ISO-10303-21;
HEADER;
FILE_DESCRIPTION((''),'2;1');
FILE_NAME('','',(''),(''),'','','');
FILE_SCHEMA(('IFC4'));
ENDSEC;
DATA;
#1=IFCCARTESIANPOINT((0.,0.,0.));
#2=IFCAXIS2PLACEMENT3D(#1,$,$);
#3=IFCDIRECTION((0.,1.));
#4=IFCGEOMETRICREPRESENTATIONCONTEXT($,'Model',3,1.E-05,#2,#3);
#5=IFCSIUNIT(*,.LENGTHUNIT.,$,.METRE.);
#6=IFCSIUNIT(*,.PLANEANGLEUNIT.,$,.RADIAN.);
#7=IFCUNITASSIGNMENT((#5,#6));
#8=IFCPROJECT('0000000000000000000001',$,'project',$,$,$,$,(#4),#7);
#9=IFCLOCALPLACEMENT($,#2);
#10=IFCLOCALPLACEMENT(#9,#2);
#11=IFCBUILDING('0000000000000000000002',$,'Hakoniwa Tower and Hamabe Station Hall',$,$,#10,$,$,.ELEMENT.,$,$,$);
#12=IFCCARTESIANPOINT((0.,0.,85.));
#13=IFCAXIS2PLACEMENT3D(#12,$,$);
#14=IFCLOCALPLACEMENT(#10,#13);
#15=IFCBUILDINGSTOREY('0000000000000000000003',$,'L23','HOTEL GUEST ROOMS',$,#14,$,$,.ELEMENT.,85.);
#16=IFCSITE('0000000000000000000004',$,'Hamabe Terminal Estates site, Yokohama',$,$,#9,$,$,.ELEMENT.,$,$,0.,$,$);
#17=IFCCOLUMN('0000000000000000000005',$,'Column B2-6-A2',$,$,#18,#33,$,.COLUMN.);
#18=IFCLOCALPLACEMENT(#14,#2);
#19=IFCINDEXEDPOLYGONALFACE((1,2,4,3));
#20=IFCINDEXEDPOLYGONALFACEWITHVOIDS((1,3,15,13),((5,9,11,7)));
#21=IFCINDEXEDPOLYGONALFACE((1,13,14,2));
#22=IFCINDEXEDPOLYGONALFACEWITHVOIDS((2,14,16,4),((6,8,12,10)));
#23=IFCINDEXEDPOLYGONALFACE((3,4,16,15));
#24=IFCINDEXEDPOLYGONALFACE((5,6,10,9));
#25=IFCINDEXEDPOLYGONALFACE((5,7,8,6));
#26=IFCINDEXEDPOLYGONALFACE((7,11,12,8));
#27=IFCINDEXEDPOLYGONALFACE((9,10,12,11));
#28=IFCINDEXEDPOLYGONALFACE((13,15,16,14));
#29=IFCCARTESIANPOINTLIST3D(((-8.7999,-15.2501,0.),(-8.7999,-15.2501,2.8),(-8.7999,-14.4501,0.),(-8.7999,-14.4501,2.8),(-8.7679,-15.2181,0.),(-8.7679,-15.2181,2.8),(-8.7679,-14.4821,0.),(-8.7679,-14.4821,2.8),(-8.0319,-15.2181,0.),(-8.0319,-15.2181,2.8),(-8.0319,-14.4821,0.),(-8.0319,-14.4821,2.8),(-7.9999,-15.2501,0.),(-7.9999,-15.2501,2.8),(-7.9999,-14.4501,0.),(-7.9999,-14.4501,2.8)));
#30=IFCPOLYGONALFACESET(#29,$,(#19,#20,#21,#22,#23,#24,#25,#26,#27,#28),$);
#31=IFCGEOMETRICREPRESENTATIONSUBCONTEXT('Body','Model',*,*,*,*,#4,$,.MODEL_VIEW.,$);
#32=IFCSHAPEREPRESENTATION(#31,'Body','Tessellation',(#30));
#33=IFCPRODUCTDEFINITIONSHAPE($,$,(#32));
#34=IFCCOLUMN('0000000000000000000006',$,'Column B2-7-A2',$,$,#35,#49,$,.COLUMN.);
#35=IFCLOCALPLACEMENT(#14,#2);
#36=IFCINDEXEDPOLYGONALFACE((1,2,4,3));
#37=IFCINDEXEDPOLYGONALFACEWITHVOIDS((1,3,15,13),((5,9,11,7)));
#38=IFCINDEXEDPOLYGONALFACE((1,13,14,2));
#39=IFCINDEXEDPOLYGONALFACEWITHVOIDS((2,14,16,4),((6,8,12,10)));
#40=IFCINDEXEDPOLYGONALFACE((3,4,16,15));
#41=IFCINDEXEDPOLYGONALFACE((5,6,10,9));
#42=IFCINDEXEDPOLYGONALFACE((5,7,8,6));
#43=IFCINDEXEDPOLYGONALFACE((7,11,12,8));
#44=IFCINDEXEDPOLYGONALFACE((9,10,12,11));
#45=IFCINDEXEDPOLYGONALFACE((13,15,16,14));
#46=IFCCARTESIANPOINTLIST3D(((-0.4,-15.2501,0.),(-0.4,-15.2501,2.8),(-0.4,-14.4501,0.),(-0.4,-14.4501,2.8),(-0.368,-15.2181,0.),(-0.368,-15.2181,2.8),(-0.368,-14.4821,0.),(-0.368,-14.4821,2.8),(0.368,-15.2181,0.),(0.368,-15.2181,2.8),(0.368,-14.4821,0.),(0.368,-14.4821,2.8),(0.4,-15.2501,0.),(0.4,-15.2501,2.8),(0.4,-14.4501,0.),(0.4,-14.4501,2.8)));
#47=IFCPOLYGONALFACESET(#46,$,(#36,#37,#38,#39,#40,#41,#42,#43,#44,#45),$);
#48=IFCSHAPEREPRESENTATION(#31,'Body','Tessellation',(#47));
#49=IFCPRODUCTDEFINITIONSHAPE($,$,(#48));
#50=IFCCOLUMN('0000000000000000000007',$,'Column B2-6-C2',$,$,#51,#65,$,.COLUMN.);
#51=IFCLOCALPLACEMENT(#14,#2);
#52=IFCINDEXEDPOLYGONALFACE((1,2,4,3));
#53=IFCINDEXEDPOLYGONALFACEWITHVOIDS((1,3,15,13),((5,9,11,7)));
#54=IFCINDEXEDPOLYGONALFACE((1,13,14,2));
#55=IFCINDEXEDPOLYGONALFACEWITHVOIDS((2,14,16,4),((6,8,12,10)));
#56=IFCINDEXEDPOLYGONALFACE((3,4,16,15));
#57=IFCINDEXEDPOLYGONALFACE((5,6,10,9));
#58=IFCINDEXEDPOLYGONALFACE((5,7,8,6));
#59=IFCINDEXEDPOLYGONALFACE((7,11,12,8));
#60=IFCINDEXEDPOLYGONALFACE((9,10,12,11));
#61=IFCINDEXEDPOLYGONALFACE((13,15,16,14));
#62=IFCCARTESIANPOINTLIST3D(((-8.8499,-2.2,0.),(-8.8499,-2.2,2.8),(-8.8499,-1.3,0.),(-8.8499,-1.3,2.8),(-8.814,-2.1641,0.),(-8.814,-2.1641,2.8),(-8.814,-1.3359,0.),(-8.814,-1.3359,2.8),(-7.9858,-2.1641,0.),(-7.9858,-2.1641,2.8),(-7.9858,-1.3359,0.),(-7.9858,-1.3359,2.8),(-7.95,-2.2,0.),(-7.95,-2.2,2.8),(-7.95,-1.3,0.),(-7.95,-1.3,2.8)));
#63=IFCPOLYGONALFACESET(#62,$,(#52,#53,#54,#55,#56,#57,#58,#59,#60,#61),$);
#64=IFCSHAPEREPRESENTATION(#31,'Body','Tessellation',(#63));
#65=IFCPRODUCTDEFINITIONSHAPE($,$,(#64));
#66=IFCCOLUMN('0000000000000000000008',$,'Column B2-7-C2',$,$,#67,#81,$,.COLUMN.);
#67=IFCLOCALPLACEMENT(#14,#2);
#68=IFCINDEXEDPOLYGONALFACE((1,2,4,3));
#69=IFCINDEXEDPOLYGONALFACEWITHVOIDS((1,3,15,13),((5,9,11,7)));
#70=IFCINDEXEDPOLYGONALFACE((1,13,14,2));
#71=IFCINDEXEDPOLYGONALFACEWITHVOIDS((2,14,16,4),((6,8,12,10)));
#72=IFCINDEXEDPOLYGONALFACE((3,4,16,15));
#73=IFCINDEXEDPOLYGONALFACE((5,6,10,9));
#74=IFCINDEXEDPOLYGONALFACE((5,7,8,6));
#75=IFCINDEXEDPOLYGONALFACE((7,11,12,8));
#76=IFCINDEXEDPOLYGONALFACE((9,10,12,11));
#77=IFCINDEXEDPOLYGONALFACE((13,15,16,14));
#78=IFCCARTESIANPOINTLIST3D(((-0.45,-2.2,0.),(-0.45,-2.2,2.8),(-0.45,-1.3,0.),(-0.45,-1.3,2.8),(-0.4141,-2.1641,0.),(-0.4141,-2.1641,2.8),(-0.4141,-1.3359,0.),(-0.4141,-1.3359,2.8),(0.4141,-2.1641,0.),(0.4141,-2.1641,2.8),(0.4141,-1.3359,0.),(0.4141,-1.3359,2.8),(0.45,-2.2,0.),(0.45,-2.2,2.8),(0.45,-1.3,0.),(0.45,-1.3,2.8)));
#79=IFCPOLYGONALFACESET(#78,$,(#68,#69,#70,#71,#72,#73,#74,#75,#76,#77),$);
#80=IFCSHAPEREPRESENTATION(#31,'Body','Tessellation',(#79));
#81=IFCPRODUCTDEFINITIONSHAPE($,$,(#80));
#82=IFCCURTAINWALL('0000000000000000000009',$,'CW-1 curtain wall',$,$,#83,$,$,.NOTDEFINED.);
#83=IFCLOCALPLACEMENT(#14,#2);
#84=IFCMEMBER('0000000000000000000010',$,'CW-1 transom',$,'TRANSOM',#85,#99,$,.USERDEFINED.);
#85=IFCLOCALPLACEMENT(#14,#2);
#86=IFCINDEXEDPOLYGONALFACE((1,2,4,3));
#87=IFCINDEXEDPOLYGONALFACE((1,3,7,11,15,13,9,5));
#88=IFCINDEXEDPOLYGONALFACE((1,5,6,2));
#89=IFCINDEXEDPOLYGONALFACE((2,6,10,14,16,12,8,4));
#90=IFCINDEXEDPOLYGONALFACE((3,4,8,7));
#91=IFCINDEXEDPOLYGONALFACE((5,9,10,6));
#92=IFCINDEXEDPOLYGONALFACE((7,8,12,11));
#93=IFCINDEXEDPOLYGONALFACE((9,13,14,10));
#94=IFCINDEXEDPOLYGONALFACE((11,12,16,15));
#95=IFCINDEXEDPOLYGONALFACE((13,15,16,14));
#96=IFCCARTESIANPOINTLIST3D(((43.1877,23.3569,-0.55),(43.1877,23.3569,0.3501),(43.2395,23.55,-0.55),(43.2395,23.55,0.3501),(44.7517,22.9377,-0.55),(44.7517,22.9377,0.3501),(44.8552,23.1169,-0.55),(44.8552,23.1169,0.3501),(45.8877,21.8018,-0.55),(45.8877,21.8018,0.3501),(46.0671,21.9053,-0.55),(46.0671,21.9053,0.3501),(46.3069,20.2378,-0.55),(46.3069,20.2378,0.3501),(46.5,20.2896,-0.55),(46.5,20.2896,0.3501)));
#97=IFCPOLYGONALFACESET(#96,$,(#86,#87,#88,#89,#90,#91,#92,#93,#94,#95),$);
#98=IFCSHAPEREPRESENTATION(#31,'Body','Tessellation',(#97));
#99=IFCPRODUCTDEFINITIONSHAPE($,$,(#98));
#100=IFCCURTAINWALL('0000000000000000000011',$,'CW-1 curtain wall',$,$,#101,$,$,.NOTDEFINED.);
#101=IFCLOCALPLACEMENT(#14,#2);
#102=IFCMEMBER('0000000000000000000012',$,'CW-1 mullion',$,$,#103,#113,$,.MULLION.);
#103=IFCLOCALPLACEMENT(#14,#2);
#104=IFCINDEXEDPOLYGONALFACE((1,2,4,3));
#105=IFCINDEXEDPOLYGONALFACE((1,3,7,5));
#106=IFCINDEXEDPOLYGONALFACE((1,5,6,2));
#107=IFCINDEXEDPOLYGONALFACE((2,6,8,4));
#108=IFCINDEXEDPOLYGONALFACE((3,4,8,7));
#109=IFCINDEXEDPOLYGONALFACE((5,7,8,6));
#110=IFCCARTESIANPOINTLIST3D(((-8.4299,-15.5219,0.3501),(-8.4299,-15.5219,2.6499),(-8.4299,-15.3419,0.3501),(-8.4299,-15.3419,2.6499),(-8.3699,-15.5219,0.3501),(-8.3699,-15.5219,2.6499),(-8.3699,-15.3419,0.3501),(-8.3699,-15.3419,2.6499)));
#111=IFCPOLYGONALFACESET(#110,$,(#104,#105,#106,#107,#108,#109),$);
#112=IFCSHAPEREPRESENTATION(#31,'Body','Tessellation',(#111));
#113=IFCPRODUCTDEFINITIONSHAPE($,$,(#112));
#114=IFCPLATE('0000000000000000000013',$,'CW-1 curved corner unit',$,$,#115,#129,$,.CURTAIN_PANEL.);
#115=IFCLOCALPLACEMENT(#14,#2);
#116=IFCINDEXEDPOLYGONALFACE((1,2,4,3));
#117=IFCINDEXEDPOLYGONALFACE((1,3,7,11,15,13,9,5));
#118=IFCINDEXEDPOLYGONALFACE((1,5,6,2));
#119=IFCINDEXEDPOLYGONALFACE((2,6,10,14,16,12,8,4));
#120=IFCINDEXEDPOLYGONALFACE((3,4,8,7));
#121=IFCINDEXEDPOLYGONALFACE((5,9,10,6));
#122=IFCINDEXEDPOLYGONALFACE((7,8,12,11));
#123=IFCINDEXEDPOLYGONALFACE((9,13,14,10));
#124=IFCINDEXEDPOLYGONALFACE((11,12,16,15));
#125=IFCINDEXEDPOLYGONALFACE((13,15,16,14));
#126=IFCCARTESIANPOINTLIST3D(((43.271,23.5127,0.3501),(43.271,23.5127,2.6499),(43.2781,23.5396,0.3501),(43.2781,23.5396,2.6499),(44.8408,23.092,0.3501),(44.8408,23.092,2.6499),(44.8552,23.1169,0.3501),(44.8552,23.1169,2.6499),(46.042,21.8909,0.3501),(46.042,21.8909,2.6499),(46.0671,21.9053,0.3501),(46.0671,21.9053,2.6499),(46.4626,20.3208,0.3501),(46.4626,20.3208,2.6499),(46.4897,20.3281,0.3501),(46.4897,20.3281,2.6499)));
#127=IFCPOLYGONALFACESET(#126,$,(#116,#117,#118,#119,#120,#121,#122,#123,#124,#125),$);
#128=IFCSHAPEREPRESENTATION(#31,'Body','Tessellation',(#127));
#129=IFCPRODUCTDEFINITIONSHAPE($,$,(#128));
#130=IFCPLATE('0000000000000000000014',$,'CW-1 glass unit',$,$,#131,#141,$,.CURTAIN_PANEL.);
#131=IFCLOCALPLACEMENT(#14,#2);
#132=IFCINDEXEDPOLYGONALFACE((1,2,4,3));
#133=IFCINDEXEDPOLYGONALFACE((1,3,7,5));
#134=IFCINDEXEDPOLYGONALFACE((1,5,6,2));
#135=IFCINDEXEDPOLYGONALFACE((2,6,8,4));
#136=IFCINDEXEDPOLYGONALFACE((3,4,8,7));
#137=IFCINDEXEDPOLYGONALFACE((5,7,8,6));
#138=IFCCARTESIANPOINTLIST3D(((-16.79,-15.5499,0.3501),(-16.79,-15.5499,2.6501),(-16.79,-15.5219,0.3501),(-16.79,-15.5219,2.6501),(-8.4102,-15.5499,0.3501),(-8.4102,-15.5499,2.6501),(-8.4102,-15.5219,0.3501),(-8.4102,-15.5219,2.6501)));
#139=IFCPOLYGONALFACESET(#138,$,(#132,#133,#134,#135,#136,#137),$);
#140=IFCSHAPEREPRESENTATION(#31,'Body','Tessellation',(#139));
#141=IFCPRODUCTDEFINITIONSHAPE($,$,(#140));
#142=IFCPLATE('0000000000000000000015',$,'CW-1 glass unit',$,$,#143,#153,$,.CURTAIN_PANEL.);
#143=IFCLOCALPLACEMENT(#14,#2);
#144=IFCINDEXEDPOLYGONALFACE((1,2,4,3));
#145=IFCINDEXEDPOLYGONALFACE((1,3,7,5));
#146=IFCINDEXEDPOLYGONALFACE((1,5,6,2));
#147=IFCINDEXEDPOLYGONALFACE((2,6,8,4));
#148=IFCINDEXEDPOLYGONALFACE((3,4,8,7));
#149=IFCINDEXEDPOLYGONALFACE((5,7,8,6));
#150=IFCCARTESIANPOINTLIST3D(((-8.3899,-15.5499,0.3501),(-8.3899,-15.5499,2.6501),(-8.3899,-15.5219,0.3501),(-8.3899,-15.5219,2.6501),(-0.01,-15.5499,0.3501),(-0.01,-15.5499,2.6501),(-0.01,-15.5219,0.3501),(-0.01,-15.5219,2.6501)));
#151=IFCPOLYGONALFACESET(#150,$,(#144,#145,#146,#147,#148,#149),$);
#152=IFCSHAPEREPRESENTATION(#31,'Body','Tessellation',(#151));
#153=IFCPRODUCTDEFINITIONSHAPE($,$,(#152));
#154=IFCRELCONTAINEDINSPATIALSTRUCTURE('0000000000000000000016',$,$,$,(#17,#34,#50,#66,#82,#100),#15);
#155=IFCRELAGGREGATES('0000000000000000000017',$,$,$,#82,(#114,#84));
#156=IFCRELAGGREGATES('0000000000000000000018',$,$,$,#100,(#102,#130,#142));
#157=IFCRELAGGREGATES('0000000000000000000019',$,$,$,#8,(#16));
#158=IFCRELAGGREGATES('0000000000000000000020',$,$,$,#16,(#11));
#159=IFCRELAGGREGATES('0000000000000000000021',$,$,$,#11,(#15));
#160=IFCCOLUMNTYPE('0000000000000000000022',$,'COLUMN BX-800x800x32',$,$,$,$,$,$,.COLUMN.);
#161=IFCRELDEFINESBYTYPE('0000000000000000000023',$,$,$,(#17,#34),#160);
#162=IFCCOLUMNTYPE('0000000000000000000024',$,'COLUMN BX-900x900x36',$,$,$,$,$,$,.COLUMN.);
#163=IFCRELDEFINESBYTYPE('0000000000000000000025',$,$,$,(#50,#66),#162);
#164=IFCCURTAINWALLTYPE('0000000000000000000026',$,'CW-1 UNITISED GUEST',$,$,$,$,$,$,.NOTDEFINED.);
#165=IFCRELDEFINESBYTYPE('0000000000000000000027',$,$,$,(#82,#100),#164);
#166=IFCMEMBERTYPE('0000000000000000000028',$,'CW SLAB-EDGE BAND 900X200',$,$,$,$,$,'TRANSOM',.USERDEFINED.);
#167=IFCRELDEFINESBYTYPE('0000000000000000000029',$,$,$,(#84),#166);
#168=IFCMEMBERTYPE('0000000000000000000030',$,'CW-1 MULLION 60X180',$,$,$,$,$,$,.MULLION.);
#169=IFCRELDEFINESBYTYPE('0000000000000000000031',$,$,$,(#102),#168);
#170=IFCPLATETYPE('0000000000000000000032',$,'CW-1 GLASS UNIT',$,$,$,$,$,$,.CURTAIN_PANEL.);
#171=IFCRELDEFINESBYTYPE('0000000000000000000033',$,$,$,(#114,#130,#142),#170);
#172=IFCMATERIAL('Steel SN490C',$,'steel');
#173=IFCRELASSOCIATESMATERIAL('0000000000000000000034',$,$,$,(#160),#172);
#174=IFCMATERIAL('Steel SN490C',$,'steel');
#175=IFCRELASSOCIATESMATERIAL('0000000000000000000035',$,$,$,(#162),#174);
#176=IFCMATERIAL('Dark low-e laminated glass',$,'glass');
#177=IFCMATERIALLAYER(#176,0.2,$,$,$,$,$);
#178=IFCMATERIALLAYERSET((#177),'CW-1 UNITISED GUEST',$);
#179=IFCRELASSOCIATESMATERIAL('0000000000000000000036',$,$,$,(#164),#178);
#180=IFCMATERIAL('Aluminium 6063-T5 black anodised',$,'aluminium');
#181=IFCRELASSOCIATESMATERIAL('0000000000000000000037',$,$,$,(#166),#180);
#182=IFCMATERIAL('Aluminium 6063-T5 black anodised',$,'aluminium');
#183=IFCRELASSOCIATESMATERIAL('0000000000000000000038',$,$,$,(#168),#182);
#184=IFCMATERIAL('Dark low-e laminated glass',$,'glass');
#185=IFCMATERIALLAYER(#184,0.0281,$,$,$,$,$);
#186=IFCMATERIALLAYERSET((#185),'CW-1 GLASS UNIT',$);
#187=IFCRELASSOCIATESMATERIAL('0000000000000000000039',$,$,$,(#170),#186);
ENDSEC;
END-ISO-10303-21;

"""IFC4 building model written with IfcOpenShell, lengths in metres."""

from ifc_helpers import new_model, si_unit, direction, frame, origin, origin_2d, place, context, subcontext, project, spatial, polyline, rectangle, hollow_rectangle, outline, extrude, material, layer, layer_set, material_profile, profile_set, type_object, element, aggregate, save


model = new_model("IFC4")

# Units and contexts
model_context = context("Model", 3, precision=1e-05, world=origin(), true_north=direction((0.0, 1.0)))
body_context = subcontext(model_context, "Body", "Model", "MODEL_VIEW")
ifc_project = project(units=[si_unit("LENGTHUNIT", "METRE"), si_unit("PLANEANGLEUNIT", "RADIAN")], contexts=[model_context])

# Site, building, storey
site_placement = place(None, origin())
site = spatial("IfcSite", under=ifc_project, at=site_placement, Name="Hamabe Terminal Estates site, Yokohama", CompositionType="ELEMENT", RefElevation=0.0)
building_placement = place(site_placement, origin())
building = spatial("IfcBuilding", under=site, at=building_placement, Name="Hakoniwa Tower and Hamabe Station Hall", CompositionType="ELEMENT")
storey_placement = place(building_placement, frame((0.0, 0.0, 85.0)))
storey = spatial("IfcBuildingStorey", under=building, at=storey_placement, Name="L23", Description="HOTEL GUEST ROOMS", CompositionType="ELEMENT", Elevation=85.0)

# Columns
ifc_material_1 = material(Name="Steel SN490C", Category="steel")
ifc_material_profile_1 = material_profile(ifc_material_1, hollow_rectangle(XDim=0.8, YDim=0.8, WallThickness=0.032, at=origin_2d()), Name="BX-800x800x32")
ifc_profile_set_1 = profile_set([ifc_material_profile_1], Name="Steel SN490C")
column_type_1 = type_object("IfcColumnType", Name="COLUMN BX-800x800x32", PredefinedType="COLUMN", material=ifc_profile_set_1)
for number, where, z_axis, x_axis, name in (
    (1, (-8.3999, -14.8501, 0.0), (0.0, 0.0, 1.0), (1.0, 0.0, 0.0), "Column B2-6-A2"),
    (2, (0.0, -14.8501, 0.0), (0.0, 0.0, 1.0), (1.0, 0.0, 0.0), "Column B2-7-A2"),
):
    element("IfcColumn", number, at=place(storey_placement, frame(where, z_axis=z_axis, x_axis=x_axis)), inside=storey, type_object=column_type_1, Name=name, PredefinedType="COLUMN", context=body_context, shape_type="SweptSolid", body=[
        extrude(hollow_rectangle(XDim=0.8, YDim=0.8, WallThickness=0.032, at=origin_2d()), origin(), (0.0, 0.0, 1.0), 2.8),
    ])
ifc_material_2 = material(Name="Steel SN490C", Category="steel")
ifc_material_profile_2 = material_profile(ifc_material_2, hollow_rectangle(XDim=0.8999, YDim=0.8999, WallThickness=0.0359, at=origin_2d()), Name="BX-900x900x36")
ifc_profile_set_2 = profile_set([ifc_material_profile_2], Name="Steel SN490C")
column_type_2 = type_object("IfcColumnType", Name="COLUMN BX-900x900x36", PredefinedType="COLUMN", material=ifc_profile_set_2)
for number, where, z_axis, x_axis, name in (
    (3, (-8.3999, -1.75, 0.0), (0.0, 0.0, 1.0), (1.0, 0.0, 0.0), "Column B2-6-C2"),
    (4, (0.0, -1.75, 0.0), (0.0, 0.0, 1.0), (1.0, 0.0, 0.0), "Column B2-7-C2"),
):
    element("IfcColumn", number, at=place(storey_placement, frame(where, z_axis=z_axis, x_axis=x_axis)), inside=storey, type_object=column_type_2, Name=name, PredefinedType="COLUMN", context=body_context, shape_type="SweptSolid", body=[
        extrude(hollow_rectangle(XDim=0.8999, YDim=0.8999, WallThickness=0.0359, at=origin_2d()), origin(), (0.0, 0.0, 1.0), 2.8),
    ])

# Curtain walls, members
ifc_material_3 = material(Name="Dark low-e laminated glass", Category="glass")
ifc_layer_1 = layer(ifc_material_3, 0.2)
ifc_layer_set_1 = layer_set([ifc_layer_1], Name="CW-1 UNITISED GUEST")
curtain_wall_type = type_object("IfcCurtainWallType", Name="CW-1 UNITISED GUEST", PredefinedType="NOTDEFINED", material=ifc_layer_set_1)
curtain_wall_1_placement = place(storey_placement, origin())
curtain_wall_1 = element("IfcCurtainWall", 5, at=curtain_wall_1_placement, inside=storey, type_object=curtain_wall_type, Name="CW-1 curtain wall", PredefinedType="NOTDEFINED")
ifc_material_4 = material(Name="Aluminium 6063-T5 black anodised", Category="aluminium")
ifc_material_profile_3 = material_profile(ifc_material_4, rectangle(XDim=0.2, YDim=0.8999, at=origin_2d()), Name="CW SLAB-EDGE BAND 900X200")
ifc_profile_set_3 = profile_set([ifc_material_profile_3], Name="Aluminium 6063-T5 black anodised")
member_type_1 = type_object("IfcMemberType", Name="CW SLAB-EDGE BAND 900X200", ElementType="TRANSOM", PredefinedType="USERDEFINED", material=ifc_profile_set_3)
member_1_placement = place(storey_placement, frame((0.0, 0.0, -0.55)))
member_1 = element("IfcMember", 6, at=member_1_placement, type_object=member_type_1, Name="CW-1 transom", ObjectType="TRANSOM", PredefinedType="USERDEFINED", context=body_context, shape_type="SweptSolid", body=[
    extrude(outline(polyline([(46.5, 20.2896), (46.0671, 21.9053), (44.8552, 23.1169), (43.2395, 23.55), (43.1877, 23.3569), (44.7517, 22.9377), (45.8877, 21.8018), (46.3069, 20.2378), (46.5, 20.2896)])), origin(), (0.0, 0.0, 1.0), 0.9001),
])
curtain_wall_2_placement = place(storey_placement, origin())
curtain_wall_2 = element("IfcCurtainWall", 7, at=curtain_wall_2_placement, inside=storey, type_object=curtain_wall_type, Name="CW-1 curtain wall", PredefinedType="NOTDEFINED")
ifc_material_5 = material(Name="Aluminium 6063-T5 black anodised", Category="aluminium")
ifc_material_profile_4 = material_profile(ifc_material_5, rectangle(XDim=0.0601, YDim=0.1799, at=origin_2d()), Name="CW-1 MULLION 60X180")
ifc_profile_set_4 = profile_set([ifc_material_profile_4], Name="Aluminium 6063-T5 black anodised")
member_type_2 = type_object("IfcMemberType", Name="CW-1 MULLION 60X180", PredefinedType="MULLION", material=ifc_profile_set_4)
member_2_placement = place(storey_placement, frame((-8.3999, -15.4319, 0.3501), z_axis=(0.0, 0.0, 1.0), x_axis=(1.0, 0.0, 0.0)))
member_2 = element("IfcMember", 8, at=member_2_placement, type_object=member_type_2, Name="CW-1 mullion", PredefinedType="MULLION", context=body_context, shape_type="SweptSolid", body=[
    extrude(rectangle(XDim=0.0601, YDim=0.1799, at=origin_2d()), origin(), (0.0, 0.0, 1.0), 2.2998),
])

# Plates
ifc_material_6 = material(Name="Dark low-e laminated glass", Category="glass")
ifc_layer_2 = layer(ifc_material_6, 0.0281)
ifc_layer_set_2 = layer_set([ifc_layer_2], Name="CW-1 GLASS UNIT")
plate_type = type_object("IfcPlateType", Name="CW-1 GLASS UNIT", PredefinedType="CURTAIN_PANEL", material=ifc_layer_set_2)
plate_1_placement = place(storey_placement, frame((0.0, 0.0, 0.3501)))
plate_1 = element("IfcPlate", 9, at=plate_1_placement, type_object=plate_type, Name="CW-1 curved corner unit", PredefinedType="CURTAIN_PANEL", context=body_context, shape_type="SweptSolid", body=[
    extrude(outline(polyline([(46.4897, 20.3281), (46.0671, 21.9053), (44.8552, 23.1169), (43.2781, 23.5396), (43.271, 23.5127), (44.8408, 23.092), (46.042, 21.8909), (46.4626, 20.3208), (46.4897, 20.3281)])), origin(), (0.0, 0.0, 1.0), 2.2998),
])
aggregate(curtain_wall_1, [plate_1, member_1])
plate_2_placement = place(storey_placement, frame((-12.6001, -15.5359, 0.3501), z_axis=(0.0, 0.0, 1.0), x_axis=(1.0, 0.0, 0.0)))
plate_2 = element("IfcPlate", 10, at=plate_2_placement, type_object=plate_type, Name="CW-1 glass unit", PredefinedType="CURTAIN_PANEL", context=body_context, shape_type="SweptSolid", body=[
    extrude(rectangle(XDim=8.3799, YDim=0.0281, at=origin_2d()), origin(), (0.0, 0.0, 1.0), 2.3),
])
plate_3_placement = place(storey_placement, frame((-4.2, -15.5359, 0.3501), z_axis=(0.0, 0.0, 1.0), x_axis=(1.0, 0.0, 0.0)))
plate_3 = element("IfcPlate", 11, at=plate_3_placement, type_object=plate_type, Name="CW-1 glass unit", PredefinedType="CURTAIN_PANEL", context=body_context, shape_type="SweptSolid", body=[
    extrude(rectangle(XDim=8.3799, YDim=0.0281, at=origin_2d()), origin(), (0.0, 0.0, 1.0), 2.3),
])
aggregate(curtain_wall_2, [member_2, plate_2, plate_3])

save(model, "model.ifc")
